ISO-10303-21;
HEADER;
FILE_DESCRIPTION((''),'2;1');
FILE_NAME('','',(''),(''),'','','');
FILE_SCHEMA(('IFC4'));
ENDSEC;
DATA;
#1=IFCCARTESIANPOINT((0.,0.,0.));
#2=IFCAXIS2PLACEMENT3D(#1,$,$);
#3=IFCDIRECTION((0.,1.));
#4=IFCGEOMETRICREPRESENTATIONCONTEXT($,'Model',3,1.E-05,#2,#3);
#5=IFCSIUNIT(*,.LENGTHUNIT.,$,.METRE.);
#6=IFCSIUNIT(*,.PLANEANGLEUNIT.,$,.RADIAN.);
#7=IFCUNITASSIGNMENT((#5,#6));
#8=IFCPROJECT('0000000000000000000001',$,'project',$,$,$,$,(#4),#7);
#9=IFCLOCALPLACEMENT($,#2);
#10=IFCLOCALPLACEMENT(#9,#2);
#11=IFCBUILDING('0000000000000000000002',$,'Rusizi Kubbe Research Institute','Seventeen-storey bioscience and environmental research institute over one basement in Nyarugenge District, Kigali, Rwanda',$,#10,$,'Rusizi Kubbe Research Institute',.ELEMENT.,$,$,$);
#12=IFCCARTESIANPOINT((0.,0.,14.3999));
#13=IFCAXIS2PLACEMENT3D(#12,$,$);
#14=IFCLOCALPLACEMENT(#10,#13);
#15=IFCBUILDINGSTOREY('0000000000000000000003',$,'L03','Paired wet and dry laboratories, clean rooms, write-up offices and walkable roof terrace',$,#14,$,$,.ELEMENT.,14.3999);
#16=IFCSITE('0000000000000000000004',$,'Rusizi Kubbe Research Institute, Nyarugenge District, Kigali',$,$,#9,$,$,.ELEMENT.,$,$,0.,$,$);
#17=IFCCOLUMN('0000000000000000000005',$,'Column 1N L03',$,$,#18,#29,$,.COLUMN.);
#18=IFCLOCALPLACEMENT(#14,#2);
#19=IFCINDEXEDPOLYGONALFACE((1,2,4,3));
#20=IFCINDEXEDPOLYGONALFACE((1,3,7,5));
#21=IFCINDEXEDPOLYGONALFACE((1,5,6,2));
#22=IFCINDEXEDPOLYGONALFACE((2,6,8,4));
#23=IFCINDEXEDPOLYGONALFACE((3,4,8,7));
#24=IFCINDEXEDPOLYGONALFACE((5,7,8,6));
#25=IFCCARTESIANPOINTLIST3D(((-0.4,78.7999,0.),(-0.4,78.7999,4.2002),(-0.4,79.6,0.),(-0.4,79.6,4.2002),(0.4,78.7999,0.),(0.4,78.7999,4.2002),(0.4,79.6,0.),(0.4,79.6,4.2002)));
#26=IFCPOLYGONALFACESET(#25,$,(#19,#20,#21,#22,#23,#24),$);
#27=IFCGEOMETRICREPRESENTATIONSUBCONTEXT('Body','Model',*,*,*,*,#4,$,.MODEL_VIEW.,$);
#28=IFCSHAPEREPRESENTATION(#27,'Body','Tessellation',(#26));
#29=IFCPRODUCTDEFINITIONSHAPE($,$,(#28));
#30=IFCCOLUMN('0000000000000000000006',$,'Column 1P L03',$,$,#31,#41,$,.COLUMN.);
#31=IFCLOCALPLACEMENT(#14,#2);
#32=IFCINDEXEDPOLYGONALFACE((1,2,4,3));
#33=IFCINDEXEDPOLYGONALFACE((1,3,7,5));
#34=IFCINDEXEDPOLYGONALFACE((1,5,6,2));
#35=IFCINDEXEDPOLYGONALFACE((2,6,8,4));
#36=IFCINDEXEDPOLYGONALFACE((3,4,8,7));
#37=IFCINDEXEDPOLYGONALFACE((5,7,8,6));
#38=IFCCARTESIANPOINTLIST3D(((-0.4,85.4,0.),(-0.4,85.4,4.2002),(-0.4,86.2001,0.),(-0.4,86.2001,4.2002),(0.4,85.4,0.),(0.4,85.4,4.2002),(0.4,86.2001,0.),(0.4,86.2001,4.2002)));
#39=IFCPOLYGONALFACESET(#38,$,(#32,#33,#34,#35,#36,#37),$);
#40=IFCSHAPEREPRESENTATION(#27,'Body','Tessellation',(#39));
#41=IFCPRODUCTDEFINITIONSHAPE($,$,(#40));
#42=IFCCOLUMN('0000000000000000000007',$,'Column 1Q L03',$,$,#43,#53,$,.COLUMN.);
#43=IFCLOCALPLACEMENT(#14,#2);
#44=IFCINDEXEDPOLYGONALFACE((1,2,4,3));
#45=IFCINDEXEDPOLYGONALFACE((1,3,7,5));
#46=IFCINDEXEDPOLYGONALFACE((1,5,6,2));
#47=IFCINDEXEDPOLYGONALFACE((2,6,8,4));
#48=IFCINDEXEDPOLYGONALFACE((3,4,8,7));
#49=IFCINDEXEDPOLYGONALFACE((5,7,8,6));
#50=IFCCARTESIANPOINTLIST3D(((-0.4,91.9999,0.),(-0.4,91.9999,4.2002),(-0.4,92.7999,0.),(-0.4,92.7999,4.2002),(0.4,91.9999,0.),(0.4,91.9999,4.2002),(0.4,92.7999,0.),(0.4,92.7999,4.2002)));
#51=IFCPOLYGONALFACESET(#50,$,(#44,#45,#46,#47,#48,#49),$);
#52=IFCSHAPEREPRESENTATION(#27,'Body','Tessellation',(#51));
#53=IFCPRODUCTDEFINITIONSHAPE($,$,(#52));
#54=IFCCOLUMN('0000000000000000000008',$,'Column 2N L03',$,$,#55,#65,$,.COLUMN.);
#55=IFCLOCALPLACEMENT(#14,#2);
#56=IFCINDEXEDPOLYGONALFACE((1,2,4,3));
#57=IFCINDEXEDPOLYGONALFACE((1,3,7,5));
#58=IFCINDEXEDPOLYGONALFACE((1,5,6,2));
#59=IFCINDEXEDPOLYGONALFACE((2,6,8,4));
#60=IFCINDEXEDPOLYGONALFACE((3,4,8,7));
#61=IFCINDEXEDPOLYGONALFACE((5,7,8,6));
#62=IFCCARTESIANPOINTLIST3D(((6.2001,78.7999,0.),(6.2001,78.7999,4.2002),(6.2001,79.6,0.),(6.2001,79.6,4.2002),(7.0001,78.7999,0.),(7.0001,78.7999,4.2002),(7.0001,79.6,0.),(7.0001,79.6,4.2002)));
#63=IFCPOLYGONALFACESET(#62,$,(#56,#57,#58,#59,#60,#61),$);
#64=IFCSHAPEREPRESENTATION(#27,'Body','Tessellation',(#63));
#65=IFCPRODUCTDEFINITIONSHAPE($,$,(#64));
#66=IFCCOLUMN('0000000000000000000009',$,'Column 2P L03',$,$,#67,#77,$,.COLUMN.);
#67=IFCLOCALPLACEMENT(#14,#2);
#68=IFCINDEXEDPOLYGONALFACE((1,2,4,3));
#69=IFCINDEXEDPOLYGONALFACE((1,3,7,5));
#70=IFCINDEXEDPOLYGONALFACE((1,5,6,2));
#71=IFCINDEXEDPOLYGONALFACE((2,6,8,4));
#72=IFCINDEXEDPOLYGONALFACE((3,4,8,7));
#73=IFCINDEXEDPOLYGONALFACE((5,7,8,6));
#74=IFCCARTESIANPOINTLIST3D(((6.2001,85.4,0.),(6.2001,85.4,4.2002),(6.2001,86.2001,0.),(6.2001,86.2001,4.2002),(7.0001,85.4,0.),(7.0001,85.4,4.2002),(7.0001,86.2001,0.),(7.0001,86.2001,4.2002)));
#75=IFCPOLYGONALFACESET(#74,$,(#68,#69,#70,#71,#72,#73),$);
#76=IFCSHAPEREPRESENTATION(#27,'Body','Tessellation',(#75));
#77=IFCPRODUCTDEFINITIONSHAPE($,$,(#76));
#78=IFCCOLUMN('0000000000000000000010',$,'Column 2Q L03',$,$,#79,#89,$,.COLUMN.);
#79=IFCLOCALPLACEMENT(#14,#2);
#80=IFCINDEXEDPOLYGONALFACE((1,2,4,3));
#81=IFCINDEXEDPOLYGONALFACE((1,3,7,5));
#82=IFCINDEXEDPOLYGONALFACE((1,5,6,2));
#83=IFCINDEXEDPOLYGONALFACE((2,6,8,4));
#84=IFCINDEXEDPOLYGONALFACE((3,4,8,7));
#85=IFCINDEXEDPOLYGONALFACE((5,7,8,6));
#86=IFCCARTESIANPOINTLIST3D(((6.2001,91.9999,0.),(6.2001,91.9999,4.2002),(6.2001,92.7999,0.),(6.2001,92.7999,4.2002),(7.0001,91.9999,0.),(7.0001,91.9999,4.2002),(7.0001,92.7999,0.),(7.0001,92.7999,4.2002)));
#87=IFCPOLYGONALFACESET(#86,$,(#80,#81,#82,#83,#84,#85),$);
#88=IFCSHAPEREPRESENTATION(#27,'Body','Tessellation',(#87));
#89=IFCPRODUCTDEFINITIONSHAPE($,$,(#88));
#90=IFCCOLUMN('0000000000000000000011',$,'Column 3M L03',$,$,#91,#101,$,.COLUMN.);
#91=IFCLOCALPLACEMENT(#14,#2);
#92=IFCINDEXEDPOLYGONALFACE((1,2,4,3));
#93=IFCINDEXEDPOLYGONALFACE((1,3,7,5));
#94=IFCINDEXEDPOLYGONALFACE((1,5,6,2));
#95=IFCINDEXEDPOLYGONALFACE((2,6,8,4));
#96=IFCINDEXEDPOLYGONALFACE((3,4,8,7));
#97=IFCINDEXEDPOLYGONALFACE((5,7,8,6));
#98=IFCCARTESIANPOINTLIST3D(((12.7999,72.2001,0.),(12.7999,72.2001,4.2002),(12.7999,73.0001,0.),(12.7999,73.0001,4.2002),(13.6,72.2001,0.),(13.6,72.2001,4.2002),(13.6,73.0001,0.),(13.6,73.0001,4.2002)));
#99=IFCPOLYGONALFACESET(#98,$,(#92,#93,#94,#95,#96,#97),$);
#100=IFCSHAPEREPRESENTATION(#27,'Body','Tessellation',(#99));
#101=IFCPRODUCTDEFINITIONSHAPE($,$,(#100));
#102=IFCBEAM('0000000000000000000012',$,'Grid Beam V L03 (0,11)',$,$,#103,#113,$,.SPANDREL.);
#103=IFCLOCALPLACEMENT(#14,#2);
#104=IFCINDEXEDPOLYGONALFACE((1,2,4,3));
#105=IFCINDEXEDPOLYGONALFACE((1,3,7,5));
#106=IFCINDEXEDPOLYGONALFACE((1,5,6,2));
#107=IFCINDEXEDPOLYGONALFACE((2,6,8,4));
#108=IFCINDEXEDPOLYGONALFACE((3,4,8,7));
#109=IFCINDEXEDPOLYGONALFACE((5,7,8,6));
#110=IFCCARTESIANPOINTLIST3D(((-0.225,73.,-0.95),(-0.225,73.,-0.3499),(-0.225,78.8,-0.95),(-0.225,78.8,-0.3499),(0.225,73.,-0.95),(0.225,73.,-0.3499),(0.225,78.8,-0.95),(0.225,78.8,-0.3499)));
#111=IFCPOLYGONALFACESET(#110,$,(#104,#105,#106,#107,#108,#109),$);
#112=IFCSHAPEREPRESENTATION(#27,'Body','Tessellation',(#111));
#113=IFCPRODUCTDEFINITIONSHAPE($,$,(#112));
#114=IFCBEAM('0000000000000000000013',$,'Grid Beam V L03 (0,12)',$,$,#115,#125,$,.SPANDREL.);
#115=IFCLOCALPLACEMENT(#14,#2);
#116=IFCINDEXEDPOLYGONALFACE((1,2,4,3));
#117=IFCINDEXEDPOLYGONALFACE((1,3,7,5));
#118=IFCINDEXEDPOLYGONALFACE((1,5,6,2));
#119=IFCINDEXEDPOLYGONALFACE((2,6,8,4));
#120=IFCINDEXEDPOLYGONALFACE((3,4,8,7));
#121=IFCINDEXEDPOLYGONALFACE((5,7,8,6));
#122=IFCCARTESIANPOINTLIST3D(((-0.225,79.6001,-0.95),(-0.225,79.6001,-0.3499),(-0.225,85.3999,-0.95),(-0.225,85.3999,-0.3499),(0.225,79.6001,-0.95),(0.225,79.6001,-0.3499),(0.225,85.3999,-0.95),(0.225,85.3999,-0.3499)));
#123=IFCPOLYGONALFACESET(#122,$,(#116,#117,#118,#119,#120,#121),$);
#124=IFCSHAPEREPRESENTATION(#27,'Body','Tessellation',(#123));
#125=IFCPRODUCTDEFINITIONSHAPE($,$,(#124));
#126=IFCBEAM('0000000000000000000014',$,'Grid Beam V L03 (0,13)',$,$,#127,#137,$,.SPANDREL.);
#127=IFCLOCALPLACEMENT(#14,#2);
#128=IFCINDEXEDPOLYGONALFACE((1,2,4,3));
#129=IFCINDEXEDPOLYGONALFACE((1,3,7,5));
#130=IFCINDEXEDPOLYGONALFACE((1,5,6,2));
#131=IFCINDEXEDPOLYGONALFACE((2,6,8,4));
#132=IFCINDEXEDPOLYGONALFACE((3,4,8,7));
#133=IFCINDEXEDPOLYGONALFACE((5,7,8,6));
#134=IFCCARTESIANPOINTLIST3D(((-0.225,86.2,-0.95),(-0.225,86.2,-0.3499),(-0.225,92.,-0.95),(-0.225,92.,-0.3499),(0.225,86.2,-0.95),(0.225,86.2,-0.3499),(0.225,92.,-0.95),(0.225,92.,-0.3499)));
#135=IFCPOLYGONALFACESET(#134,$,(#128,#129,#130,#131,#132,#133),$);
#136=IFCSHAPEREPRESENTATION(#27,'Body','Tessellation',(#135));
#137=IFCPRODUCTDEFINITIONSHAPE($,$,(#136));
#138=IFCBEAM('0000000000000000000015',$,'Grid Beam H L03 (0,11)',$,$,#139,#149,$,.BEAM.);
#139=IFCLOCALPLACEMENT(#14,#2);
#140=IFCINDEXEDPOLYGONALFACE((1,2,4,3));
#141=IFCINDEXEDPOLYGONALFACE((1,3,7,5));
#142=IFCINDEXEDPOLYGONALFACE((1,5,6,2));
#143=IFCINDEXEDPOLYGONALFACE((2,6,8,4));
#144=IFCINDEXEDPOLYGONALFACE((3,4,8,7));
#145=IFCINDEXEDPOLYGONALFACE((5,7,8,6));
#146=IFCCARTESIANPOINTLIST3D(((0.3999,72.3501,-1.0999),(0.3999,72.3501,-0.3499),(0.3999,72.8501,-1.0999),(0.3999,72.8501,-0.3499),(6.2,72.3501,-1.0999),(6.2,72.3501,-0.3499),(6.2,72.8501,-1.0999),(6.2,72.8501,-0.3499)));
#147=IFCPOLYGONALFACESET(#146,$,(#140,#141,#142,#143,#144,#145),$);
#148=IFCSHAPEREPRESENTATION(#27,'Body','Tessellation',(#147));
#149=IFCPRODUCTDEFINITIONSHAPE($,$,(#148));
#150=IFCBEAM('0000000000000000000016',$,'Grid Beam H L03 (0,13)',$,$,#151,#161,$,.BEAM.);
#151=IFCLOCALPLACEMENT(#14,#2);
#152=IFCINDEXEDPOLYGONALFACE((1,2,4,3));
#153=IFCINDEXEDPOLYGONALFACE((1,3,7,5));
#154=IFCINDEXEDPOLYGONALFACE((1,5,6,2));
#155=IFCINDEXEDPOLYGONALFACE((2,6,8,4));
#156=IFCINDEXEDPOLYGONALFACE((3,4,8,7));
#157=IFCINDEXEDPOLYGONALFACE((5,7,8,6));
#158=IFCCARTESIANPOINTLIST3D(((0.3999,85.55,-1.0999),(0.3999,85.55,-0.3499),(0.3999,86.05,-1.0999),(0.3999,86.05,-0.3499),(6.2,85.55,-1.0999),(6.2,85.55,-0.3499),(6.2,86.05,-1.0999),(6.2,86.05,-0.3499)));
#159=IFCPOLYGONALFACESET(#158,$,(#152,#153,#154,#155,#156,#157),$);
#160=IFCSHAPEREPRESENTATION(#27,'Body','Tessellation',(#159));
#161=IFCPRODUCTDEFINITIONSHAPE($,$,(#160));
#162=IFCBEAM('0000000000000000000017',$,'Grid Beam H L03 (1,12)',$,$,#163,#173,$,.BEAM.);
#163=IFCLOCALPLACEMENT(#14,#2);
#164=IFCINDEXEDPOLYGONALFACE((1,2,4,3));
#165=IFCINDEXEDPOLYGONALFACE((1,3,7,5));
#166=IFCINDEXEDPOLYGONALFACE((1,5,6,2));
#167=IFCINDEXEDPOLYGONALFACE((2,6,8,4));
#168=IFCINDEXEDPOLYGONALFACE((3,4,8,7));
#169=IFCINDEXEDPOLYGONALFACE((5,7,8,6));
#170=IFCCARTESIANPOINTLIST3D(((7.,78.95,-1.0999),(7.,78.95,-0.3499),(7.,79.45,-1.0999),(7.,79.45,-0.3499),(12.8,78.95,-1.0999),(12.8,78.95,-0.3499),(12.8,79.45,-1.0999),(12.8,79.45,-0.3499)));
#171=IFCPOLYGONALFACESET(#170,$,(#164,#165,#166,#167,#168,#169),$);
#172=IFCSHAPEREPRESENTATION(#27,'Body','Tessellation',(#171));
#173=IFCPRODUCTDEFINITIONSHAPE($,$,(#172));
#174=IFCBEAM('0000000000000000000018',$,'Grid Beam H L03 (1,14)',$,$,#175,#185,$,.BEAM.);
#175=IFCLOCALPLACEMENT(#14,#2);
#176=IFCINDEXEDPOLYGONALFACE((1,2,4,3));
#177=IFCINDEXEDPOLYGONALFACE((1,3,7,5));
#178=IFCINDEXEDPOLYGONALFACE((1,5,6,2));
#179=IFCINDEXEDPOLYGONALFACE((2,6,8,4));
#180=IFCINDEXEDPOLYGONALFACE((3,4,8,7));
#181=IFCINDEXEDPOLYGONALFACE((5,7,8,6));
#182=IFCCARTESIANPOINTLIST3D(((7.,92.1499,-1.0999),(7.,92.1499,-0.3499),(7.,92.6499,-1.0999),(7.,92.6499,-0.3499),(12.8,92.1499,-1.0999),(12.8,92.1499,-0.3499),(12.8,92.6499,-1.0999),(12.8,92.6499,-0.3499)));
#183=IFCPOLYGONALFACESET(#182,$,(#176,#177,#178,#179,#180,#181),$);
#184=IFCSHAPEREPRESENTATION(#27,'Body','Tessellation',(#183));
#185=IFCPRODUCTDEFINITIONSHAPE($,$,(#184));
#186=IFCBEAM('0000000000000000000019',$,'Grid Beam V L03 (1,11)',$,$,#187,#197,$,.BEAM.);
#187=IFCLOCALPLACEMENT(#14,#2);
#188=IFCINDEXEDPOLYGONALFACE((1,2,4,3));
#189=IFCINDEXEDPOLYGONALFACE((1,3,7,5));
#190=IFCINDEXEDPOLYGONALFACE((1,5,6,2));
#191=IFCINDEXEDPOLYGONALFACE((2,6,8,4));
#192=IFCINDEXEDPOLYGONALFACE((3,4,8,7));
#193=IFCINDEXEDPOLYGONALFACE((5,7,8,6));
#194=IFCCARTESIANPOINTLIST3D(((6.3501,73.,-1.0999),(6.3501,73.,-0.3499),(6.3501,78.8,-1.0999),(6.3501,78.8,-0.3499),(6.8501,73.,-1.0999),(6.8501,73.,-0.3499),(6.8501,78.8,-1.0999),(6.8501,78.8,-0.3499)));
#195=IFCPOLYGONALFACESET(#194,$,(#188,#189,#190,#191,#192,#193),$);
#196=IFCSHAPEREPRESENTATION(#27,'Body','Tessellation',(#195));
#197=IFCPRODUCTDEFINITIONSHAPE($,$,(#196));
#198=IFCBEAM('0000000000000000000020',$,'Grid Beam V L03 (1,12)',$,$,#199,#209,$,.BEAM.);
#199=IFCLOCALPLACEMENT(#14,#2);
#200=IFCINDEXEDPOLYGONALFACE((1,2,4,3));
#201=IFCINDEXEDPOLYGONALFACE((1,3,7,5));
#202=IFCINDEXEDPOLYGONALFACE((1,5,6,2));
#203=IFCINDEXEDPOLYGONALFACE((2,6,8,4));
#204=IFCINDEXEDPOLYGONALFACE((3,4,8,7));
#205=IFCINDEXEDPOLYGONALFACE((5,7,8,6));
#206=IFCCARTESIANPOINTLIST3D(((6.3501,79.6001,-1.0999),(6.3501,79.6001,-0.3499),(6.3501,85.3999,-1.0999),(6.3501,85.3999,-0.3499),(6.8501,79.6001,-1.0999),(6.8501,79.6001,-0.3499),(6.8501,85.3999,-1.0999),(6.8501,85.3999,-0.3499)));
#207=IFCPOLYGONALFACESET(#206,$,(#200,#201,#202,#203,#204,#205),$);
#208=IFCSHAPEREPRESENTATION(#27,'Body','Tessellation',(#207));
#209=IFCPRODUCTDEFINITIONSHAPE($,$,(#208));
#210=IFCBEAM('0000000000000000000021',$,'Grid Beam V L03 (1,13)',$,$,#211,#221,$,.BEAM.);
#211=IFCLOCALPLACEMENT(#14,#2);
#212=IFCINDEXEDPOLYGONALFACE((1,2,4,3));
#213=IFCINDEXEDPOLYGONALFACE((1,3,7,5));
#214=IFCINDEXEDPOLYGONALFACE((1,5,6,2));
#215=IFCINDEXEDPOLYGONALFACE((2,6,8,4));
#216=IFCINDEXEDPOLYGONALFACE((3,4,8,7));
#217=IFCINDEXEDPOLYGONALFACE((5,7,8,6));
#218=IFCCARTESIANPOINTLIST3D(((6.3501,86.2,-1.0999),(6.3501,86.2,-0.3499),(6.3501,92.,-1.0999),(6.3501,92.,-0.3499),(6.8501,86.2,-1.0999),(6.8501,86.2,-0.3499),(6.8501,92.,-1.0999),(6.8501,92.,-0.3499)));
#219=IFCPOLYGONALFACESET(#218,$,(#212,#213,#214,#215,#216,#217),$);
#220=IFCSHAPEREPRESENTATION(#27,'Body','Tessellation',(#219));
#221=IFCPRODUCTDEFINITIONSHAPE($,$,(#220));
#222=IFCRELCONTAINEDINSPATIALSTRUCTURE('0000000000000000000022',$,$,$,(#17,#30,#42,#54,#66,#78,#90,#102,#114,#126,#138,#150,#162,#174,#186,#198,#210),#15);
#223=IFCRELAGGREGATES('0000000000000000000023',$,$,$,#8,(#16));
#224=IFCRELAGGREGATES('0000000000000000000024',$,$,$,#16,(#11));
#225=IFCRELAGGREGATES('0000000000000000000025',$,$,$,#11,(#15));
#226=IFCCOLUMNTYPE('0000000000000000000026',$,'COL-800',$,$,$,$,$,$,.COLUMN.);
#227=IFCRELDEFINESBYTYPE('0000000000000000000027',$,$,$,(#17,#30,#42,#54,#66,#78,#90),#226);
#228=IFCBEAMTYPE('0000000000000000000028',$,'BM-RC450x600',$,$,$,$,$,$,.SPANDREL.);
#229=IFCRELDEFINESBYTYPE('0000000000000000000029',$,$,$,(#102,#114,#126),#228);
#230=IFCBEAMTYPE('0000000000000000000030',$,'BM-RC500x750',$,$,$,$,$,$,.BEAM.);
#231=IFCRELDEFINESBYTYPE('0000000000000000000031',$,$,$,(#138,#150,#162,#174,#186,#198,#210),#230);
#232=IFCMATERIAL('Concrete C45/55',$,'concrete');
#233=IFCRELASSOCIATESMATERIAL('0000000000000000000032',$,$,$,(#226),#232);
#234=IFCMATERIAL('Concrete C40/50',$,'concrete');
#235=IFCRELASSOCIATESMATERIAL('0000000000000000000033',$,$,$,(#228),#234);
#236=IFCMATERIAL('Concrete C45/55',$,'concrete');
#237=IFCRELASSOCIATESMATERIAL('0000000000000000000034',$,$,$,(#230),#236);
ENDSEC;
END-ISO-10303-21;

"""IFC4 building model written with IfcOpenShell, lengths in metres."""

from ifc_helpers import new_model, si_unit, direction, frame, origin, origin_2d, place, context, subcontext, project, spatial, rectangle, extrude, material, material_profile, profile_set, type_object, element, save


model = new_model("IFC4")

# Units and contexts
model_context = context("Model", 3, precision=1e-05, world=origin(), true_north=direction((0.0, 1.0)))
body_context = subcontext(model_context, "Body", "Model", "MODEL_VIEW")
ifc_project = project(units=[si_unit("LENGTHUNIT", "METRE"), si_unit("PLANEANGLEUNIT", "RADIAN")], contexts=[model_context])

# Site, building, storey
site_placement = place(None, origin())
site = spatial("IfcSite", under=ifc_project, at=site_placement, Name="Rusizi Kubbe Research Institute, Nyarugenge District, Kigali", CompositionType="ELEMENT", RefElevation=0.0)
building_placement = place(site_placement, origin())
building = spatial("IfcBuilding", under=site, at=building_placement, Name="Rusizi Kubbe Research Institute", Description="Seventeen-storey bioscience and environmental research institute over one basement in Nyarugenge District, Kigali, Rwanda", LongName="Rusizi Kubbe Research Institute", CompositionType="ELEMENT")
storey_placement = place(building_placement, frame((0.0, 0.0, 14.3999)))
storey = spatial("IfcBuildingStorey", under=building, at=storey_placement, Name="L03", Description="Paired wet and dry laboratories, clean rooms, write-up offices and walkable roof terrace", CompositionType="ELEMENT", Elevation=14.3999)

# Columns
ifc_material_1 = material(Name="Concrete C45/55", Category="concrete")
ifc_material_profile_1 = material_profile(ifc_material_1, rectangle(XDim=0.8, YDim=0.8, at=origin_2d()), Name="RC800x800")
ifc_profile_set_1 = profile_set([ifc_material_profile_1], Name="Concrete C45/55")
column_type = type_object("IfcColumnType", Name="COL-800", PredefinedType="COLUMN", material=ifc_profile_set_1)
for number, where, z_axis, x_axis, name in (
    (1, (0.0, 79.2, 0.0), (0.0, 0.0, 1.0), (1.0, 0.0, 0.0), "Column 1N L03"),
    (2, (0.0, 85.8, 0.0), (0.0, 0.0, 1.0), (1.0, 0.0, 0.0), "Column 1P L03"),
    (3, (0.0, 92.3999, 0.0), (0.0, 0.0, 1.0), (1.0, 0.0, 0.0), "Column 1Q L03"),
    (4, (6.6001, 79.2, 0.0), (0.0, 0.0, 1.0), (1.0, 0.0, 0.0), "Column 2N L03"),
    (5, (6.6001, 85.8, 0.0), (0.0, 0.0, 1.0), (1.0, 0.0, 0.0), "Column 2P L03"),
    (6, (6.6001, 92.3999, 0.0), (0.0, 0.0, 1.0), (1.0, 0.0, 0.0), "Column 2Q L03"),
    (7, (13.2, 72.6001, 0.0), (0.0, 0.0, 1.0), (1.0, 0.0, 0.0), "Column 3M L03"),
):
    element("IfcColumn", number, at=place(storey_placement, frame(where, z_axis=z_axis, x_axis=x_axis)), inside=storey, type_object=column_type, Name=name, PredefinedType="COLUMN", context=body_context, shape_type="SweptSolid", body=[
        extrude(rectangle(XDim=0.8, YDim=0.8, at=origin_2d()), origin(), (0.0, 0.0, 1.0), 4.2002),
    ])

# Beams
ifc_material_2 = material(Name="Concrete C40/50", Category="concrete")
ifc_material_profile_2 = material_profile(ifc_material_2, rectangle(XDim=0.45, YDim=0.6001, at=origin_2d()), Name="RC450x600")
ifc_profile_set_2 = profile_set([ifc_material_profile_2], Name="Concrete C40/50")
beam_type_1 = type_object("IfcBeamType", Name="BM-RC450x600", PredefinedType="SPANDREL", material=ifc_profile_set_2)
beam_1_placement = place(storey_placement, frame((0.0, 73.0, -0.6499), z_axis=(0.0, 1.0, 0.0), x_axis=(-1.0, 0.0, 0.0)))
element("IfcBeam", 8, at=beam_1_placement, inside=storey, type_object=beam_type_1, Name="Grid Beam V L03 (0,11)", PredefinedType="SPANDREL", context=body_context, shape_type="SweptSolid", body=[
    extrude(rectangle(XDim=0.45, YDim=0.6001, at=origin_2d()), origin(), (0.0, 0.0, 1.0), 5.8),
])
beam_2_placement = place(storey_placement, frame((0.0, 79.6001, -0.6499), z_axis=(0.0, 1.0, 0.0), x_axis=(-1.0, 0.0, 0.0)))
element("IfcBeam", 9, at=beam_2_placement, inside=storey, type_object=beam_type_1, Name="Grid Beam V L03 (0,12)", PredefinedType="SPANDREL", context=body_context, shape_type="SweptSolid", body=[
    extrude(rectangle(XDim=0.45, YDim=0.6001, at=origin_2d()), origin(), (0.0, 0.0, 1.0), 5.7998),
])
beam_3_placement = place(storey_placement, frame((0.0, 86.2, -0.6499), z_axis=(0.0, 1.0, 0.0), x_axis=(-1.0, 0.0, 0.0)))
element("IfcBeam", 10, at=beam_3_placement, inside=storey, type_object=beam_type_1, Name="Grid Beam V L03 (0,13)", PredefinedType="SPANDREL", context=body_context, shape_type="SweptSolid", body=[
    extrude(rectangle(XDim=0.45, YDim=0.6001, at=origin_2d()), origin(), (0.0, 0.0, 1.0), 5.8),
])
ifc_material_3 = material(Name="Concrete C45/55", Category="concrete")
ifc_material_profile_3 = material_profile(ifc_material_3, rectangle(XDim=0.5, YDim=0.75, at=origin_2d()), Name="RC500x750B")
ifc_profile_set_3 = profile_set([ifc_material_profile_3], Name="Concrete C45/55")
beam_type_2 = type_object("IfcBeamType", Name="BM-RC500x750", PredefinedType="BEAM", material=ifc_profile_set_3)
for number, where, z_axis, x_axis, name in (
    (11, (0.3999, 72.6001, -0.7249), (1.0, 0.0, 0.0), (0.0, 1.0, 0.0), "Grid Beam H L03 (0,11)"),
    (12, (0.3999, 85.8, -0.7249), (1.0, 0.0, 0.0), (0.0, 1.0, 0.0), "Grid Beam H L03 (0,13)"),
    (13, (7.0, 79.2, -0.7249), (1.0, 0.0, 0.0), (0.0, 1.0, 0.0), "Grid Beam H L03 (1,12)"),
    (14, (7.0, 92.3999, -0.7249), (1.0, 0.0, 0.0), (0.0, 1.0, 0.0), "Grid Beam H L03 (1,14)"),
    (15, (6.6001, 73.0, -0.7249), (0.0, 1.0, 0.0), (-1.0, 0.0, 0.0), "Grid Beam V L03 (1,11)"),
):
    element("IfcBeam", number, at=place(storey_placement, frame(where, z_axis=z_axis, x_axis=x_axis)), inside=storey, type_object=beam_type_2, Name=name, PredefinedType="BEAM", context=body_context, shape_type="SweptSolid", body=[
        extrude(rectangle(XDim=0.5, YDim=0.75, at=origin_2d()), origin(), (0.0, 0.0, 1.0), 5.8),
    ])
beam_4_placement = place(storey_placement, frame((6.6001, 79.6001, -0.7249), z_axis=(0.0, 1.0, 0.0), x_axis=(-1.0, 0.0, 0.0)))
element("IfcBeam", 16, at=beam_4_placement, inside=storey, type_object=beam_type_2, Name="Grid Beam V L03 (1,12)", PredefinedType="BEAM", context=body_context, shape_type="SweptSolid", body=[
    extrude(rectangle(XDim=0.5, YDim=0.75, at=origin_2d()), origin(), (0.0, 0.0, 1.0), 5.7998),
])
beam_5_placement = place(storey_placement, frame((6.6001, 86.2, -0.7249), z_axis=(0.0, 1.0, 0.0), x_axis=(-1.0, 0.0, 0.0)))
element("IfcBeam", 17, at=beam_5_placement, inside=storey, type_object=beam_type_2, Name="Grid Beam V L03 (1,13)", PredefinedType="BEAM", context=body_context, shape_type="SweptSolid", body=[
    extrude(rectangle(XDim=0.5, YDim=0.75, at=origin_2d()), origin(), (0.0, 0.0, 1.0), 5.8),
])

save(model, "model.ifc")
